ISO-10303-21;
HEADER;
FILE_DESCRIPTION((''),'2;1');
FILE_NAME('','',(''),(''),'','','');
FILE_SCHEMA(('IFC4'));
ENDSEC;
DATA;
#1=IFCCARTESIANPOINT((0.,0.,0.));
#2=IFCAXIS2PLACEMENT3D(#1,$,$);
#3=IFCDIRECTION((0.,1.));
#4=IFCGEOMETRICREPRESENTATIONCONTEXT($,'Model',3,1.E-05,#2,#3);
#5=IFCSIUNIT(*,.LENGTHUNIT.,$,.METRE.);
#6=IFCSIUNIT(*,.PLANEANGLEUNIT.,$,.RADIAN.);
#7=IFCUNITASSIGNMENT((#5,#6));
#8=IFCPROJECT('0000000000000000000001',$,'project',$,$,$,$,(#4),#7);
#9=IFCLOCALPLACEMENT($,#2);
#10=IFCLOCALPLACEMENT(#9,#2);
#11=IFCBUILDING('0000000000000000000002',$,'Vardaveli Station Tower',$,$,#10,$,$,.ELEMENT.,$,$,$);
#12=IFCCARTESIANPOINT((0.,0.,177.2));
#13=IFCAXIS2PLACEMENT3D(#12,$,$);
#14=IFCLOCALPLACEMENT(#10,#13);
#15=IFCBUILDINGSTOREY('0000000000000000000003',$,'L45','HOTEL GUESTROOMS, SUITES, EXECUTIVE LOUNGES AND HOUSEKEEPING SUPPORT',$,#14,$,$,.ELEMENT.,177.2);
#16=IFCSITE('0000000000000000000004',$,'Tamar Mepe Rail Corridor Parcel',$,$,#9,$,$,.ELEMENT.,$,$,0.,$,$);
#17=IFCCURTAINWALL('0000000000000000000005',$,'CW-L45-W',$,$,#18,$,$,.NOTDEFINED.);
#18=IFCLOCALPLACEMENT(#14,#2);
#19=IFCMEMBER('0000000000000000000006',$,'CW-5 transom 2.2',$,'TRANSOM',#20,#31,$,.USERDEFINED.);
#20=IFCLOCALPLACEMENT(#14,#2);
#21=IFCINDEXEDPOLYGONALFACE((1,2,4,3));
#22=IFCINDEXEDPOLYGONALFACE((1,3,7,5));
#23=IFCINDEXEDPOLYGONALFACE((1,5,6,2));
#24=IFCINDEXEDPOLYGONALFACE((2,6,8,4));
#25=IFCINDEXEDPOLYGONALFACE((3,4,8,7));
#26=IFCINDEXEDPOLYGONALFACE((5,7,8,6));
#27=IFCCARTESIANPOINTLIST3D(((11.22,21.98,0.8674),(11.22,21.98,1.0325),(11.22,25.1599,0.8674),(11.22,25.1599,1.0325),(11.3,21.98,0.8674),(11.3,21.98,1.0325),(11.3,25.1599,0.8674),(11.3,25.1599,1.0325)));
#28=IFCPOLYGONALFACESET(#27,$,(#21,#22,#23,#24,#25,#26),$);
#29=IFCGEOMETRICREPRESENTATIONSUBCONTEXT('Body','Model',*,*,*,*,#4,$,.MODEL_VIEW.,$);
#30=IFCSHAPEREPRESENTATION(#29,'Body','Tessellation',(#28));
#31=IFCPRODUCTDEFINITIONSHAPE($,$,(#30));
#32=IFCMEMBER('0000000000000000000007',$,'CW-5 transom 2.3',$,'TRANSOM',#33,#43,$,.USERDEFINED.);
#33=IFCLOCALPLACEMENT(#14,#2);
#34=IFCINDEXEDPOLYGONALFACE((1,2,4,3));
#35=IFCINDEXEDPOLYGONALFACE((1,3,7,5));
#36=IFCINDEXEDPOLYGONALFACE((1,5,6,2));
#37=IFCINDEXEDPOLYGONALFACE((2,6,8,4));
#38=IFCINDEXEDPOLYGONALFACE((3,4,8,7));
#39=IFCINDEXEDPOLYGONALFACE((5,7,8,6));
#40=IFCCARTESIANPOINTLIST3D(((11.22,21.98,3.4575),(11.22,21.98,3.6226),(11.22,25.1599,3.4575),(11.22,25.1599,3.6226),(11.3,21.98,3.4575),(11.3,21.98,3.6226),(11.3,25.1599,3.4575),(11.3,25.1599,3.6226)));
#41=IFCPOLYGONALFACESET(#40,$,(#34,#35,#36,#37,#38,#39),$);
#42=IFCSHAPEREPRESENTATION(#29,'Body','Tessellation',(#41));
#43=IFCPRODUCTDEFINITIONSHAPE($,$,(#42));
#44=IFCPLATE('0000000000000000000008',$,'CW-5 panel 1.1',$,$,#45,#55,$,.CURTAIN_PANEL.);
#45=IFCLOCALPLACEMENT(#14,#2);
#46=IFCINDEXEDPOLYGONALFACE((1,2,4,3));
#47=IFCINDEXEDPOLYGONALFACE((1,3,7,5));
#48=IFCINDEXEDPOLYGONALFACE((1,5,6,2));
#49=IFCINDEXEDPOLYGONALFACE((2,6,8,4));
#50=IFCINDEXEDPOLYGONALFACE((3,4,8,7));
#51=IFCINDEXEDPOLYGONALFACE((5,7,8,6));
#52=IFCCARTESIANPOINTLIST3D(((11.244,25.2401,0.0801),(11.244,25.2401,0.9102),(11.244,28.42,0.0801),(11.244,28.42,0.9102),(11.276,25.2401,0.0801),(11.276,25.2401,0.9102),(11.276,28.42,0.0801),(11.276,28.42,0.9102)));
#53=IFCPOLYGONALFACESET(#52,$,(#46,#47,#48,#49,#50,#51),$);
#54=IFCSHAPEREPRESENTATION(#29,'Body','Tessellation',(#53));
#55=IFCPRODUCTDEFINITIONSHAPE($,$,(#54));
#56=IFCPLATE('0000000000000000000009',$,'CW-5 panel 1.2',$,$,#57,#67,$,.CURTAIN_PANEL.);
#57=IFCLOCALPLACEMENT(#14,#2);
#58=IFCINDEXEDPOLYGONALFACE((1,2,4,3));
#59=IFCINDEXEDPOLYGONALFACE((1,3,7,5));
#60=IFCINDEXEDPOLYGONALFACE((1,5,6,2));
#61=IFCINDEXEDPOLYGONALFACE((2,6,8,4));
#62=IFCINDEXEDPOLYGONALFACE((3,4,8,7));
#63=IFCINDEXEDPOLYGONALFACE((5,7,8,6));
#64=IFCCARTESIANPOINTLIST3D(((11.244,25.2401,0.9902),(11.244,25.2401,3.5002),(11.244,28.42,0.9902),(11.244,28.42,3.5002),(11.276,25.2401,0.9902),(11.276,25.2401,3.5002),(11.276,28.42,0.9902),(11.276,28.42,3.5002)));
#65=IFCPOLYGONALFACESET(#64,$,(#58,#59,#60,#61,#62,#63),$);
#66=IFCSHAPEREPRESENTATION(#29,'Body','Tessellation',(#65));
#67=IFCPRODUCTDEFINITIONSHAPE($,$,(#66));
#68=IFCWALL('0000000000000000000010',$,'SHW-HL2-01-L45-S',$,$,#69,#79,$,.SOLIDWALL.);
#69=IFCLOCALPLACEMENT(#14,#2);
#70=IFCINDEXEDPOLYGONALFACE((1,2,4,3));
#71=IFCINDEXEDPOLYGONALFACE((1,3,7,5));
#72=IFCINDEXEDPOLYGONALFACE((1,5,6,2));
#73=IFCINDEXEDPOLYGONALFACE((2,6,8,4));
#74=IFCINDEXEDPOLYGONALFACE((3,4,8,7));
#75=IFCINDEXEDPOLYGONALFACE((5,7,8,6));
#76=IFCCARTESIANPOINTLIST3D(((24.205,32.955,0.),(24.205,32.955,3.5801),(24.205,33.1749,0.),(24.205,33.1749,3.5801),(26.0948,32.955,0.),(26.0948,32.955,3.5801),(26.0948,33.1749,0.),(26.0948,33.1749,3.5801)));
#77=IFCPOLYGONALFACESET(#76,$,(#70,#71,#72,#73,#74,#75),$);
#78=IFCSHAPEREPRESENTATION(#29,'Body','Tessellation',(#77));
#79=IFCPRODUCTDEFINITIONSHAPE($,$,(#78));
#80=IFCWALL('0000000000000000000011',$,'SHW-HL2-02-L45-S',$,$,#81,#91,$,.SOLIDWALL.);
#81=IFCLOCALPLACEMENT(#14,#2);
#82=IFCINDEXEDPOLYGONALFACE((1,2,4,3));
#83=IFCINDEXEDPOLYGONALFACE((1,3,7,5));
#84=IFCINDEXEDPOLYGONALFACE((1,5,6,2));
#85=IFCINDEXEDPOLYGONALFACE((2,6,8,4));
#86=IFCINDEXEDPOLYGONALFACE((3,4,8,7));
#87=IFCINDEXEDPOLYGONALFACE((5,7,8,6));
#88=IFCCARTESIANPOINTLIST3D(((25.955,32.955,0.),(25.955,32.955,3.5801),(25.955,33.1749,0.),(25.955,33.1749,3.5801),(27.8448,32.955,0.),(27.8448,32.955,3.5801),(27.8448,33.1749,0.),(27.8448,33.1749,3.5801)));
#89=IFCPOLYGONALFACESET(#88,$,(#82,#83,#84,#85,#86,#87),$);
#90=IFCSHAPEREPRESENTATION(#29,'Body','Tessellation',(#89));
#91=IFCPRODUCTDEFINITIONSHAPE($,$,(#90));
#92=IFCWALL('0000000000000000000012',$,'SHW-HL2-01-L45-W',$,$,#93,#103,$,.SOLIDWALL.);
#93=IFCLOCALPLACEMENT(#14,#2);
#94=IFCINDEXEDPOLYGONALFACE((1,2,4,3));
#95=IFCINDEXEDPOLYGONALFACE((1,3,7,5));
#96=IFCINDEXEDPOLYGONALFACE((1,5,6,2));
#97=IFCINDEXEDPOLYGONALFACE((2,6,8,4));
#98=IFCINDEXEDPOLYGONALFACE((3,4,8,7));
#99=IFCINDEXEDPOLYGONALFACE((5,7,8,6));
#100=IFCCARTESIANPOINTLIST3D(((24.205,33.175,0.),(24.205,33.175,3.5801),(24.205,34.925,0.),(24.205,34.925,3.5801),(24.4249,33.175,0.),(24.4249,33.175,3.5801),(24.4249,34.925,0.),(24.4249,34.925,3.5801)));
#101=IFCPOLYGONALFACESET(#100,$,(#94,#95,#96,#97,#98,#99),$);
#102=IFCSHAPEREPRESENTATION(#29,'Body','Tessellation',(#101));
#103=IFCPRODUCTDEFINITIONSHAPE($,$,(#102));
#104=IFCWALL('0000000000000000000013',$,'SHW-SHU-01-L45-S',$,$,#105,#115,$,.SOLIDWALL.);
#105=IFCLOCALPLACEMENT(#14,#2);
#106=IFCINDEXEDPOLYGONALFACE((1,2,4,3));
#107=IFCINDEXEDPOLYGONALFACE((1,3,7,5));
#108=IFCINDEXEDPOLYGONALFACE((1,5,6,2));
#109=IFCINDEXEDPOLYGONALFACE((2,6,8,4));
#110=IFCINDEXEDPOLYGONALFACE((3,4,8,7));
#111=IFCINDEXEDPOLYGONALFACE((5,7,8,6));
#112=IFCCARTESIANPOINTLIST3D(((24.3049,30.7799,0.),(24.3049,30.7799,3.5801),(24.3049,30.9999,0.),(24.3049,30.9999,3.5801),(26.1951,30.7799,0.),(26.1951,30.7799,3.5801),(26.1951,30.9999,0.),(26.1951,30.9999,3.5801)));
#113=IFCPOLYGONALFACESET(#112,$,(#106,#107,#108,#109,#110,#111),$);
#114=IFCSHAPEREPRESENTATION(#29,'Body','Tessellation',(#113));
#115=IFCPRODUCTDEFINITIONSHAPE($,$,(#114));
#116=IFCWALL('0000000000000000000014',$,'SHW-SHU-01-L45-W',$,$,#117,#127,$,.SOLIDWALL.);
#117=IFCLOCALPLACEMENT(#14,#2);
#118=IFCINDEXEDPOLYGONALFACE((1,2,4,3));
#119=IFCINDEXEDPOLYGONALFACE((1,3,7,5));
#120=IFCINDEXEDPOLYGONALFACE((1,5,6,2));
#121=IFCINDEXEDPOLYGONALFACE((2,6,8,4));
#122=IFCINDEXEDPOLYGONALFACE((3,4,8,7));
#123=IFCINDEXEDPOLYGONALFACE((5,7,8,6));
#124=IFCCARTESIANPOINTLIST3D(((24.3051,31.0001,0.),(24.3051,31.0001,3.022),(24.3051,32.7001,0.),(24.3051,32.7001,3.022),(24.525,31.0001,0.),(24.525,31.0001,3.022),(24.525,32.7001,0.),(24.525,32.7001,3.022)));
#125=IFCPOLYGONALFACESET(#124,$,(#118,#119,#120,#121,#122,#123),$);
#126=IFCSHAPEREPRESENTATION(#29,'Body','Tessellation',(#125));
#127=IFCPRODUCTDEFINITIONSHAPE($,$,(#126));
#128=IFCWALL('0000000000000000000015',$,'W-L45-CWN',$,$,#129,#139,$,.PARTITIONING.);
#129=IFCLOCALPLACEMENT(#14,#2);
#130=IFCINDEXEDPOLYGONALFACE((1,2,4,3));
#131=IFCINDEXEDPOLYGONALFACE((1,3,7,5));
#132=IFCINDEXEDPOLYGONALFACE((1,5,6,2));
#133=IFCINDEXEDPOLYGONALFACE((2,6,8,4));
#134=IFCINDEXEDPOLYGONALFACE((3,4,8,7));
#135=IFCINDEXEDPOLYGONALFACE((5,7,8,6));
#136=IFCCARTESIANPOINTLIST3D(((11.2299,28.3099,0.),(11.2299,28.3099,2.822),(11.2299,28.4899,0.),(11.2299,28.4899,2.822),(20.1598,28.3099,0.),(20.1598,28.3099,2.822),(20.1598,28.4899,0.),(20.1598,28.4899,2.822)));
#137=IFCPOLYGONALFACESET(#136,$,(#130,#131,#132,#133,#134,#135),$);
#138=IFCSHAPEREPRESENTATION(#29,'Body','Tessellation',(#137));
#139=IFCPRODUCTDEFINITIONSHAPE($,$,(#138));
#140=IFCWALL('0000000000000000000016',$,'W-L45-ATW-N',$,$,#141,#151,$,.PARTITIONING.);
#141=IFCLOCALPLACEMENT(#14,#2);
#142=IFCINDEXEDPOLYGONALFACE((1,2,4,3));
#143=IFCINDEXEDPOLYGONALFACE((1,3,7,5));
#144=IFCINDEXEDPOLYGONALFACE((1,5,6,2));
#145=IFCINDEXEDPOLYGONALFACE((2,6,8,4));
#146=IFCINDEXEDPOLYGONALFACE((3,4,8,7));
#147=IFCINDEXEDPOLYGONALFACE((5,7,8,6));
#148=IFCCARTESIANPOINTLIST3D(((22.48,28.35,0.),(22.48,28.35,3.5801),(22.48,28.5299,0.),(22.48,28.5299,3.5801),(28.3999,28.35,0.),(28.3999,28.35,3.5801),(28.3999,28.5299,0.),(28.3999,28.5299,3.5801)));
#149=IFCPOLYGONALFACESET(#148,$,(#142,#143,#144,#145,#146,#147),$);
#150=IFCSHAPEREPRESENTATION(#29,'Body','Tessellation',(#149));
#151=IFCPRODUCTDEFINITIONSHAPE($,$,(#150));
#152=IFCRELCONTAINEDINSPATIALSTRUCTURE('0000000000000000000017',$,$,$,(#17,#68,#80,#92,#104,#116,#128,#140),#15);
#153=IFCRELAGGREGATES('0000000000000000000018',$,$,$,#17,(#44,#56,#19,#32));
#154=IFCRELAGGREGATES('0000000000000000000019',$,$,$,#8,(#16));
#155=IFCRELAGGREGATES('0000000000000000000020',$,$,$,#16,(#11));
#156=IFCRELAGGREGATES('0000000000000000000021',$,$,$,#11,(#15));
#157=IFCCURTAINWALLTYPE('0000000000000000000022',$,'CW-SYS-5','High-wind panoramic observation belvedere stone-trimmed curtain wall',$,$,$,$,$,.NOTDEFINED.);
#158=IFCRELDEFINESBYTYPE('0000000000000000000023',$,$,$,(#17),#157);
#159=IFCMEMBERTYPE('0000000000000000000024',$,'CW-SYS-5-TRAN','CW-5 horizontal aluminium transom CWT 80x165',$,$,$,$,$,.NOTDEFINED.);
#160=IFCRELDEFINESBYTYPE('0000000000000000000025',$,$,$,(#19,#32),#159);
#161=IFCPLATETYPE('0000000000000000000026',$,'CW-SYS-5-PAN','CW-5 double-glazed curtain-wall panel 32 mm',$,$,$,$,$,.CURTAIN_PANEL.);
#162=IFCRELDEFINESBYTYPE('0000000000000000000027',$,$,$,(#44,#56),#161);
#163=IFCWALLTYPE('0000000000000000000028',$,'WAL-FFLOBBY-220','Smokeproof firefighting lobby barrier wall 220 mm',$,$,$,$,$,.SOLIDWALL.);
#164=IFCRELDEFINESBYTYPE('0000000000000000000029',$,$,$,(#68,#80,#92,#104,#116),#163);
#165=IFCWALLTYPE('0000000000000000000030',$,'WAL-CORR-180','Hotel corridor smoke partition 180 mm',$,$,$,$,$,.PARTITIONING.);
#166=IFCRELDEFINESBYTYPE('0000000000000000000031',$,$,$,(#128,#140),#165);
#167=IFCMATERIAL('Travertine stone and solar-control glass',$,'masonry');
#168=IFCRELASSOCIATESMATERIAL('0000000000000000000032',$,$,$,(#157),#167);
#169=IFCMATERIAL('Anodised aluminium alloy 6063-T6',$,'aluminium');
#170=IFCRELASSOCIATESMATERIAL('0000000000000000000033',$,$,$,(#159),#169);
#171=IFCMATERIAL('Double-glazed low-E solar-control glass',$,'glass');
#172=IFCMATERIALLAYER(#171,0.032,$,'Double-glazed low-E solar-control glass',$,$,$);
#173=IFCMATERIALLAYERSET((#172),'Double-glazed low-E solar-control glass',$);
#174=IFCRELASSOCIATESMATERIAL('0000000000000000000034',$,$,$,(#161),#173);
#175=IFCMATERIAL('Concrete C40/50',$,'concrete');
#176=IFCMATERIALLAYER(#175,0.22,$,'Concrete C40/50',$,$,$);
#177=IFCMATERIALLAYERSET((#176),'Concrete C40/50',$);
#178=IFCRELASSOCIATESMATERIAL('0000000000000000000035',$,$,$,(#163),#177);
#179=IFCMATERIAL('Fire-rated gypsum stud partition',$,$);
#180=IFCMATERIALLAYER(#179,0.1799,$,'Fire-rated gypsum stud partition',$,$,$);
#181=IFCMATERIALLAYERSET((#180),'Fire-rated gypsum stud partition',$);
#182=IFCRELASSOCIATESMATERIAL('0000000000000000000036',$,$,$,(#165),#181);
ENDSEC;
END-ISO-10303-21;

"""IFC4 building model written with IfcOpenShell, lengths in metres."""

from ifc_helpers import new_model, si_unit, direction, frame, frame_2d, origin, origin_2d, place, context, subcontext, project, spatial, rectangle, extrude, source, transform, mapped, material, layer, layer_set, material_profile, profile_set, type_object, element, aggregate, save


model = new_model("IFC4")

# Units and contexts
model_context = context("Model", 3, precision=1e-05, world=origin(), true_north=direction((0.0, 1.0)))
body_context = subcontext(model_context, "Body", "Model", "MODEL_VIEW")
ifc_project = project(units=[si_unit("LENGTHUNIT", "METRE"), si_unit("PLANEANGLEUNIT", "RADIAN")], contexts=[model_context])

# Site, building, storey
site_placement = place(None, origin())
site = spatial("IfcSite", under=ifc_project, at=site_placement, Name="Tamar Mepe Rail Corridor Parcel", CompositionType="ELEMENT", RefElevation=0.0)
building_placement = place(site_placement, origin())
building = spatial("IfcBuilding", under=site, at=building_placement, Name="Vardaveli Station Tower", CompositionType="ELEMENT")
storey_placement = place(building_placement, frame((0.0, 0.0, 177.2)))
storey = spatial("IfcBuildingStorey", under=building, at=storey_placement, Name="L45", Description="HOTEL GUESTROOMS, SUITES, EXECUTIVE LOUNGES AND HOUSEKEEPING SUPPORT", CompositionType="ELEMENT", Elevation=177.2)

# Curtain wall, members, plates
ifc_material_1 = material(Name="Travertine stone and solar-control glass", Category="masonry")
curtain_wall_type = type_object("IfcCurtainWallType", Name="CW-SYS-5", Description="High-wind panoramic observation belvedere stone-trimmed curtain wall", PredefinedType="NOTDEFINED", material=ifc_material_1)
curtain_wall_placement = place(storey_placement, origin())
curtain_wall = element("IfcCurtainWall", 1, at=curtain_wall_placement, inside=storey, type_object=curtain_wall_type, Name="CW-L45-W", PredefinedType="NOTDEFINED")
ifc_material_2 = material(Name="Anodised aluminium alloy 6063-T6", Category="aluminium")
ifc_material_profile_1 = material_profile(ifc_material_2, rectangle(XDim=0.0801, YDim=0.165, at=origin_2d()), Name="CWT 80x165")
ifc_profile_set_1 = profile_set([ifc_material_profile_1], Name="Anodised aluminium alloy 6063-T6")
member_type_1 = type_object("IfcMemberType", Name="CW-SYS-5-TRAN", Description="CW-5 horizontal aluminium transom CWT 80x165", PredefinedType="NOTDEFINED", material=ifc_profile_set_1)
shared_shape_1 = source(origin(), body_context, "Body", "SweptSolid", [
    extrude(rectangle(XDim=0.0801, YDim=0.165, at=origin_2d()), origin(), (0.0, 0.0, 1.0), 3.1799),
])
member_1_placement = place(storey_placement, frame((11.26, 25.1599, 0.95), z_axis=(0.0, -1.0, 0.0), x_axis=(1.0, 0.0, 0.0)))
member_1 = element("IfcMember", 2, at=member_1_placement, type_object=member_type_1, Name="CW-5 transom 2.2", ObjectType="TRANSOM", PredefinedType="USERDEFINED", context=body_context, shape_type="MappedRepresentation", body=[
    mapped(shared_shape_1, transform((0.0, 0.0, 0.0), scale=1.0)),
])
member_2_placement = place(storey_placement, frame((11.26, 25.1599, 3.54), z_axis=(0.0, -1.0, 0.0), x_axis=(1.0, 0.0, 0.0)))
member_2 = element("IfcMember", 3, at=member_2_placement, type_object=member_type_1, Name="CW-5 transom 2.3", ObjectType="TRANSOM", PredefinedType="USERDEFINED", context=body_context, shape_type="MappedRepresentation", body=[
    mapped(shared_shape_1, transform((0.0, 0.0, 0.0), scale=1.0)),
])
ifc_material_3 = material(Name="Double-glazed low-E solar-control glass", Category="glass")
ifc_layer_1 = layer(ifc_material_3, 0.032, Name="Double-glazed low-E solar-control glass")
ifc_layer_set_1 = layer_set([ifc_layer_1], Name="Double-glazed low-E solar-control glass")
plate_type = type_object("IfcPlateType", Name="CW-SYS-5-PAN", Description="CW-5 double-glazed curtain-wall panel 32 mm", PredefinedType="CURTAIN_PANEL", material=ifc_layer_set_1)
shared_shape_2 = source(origin(), body_context, "Body", "SweptSolid", [
    extrude(rectangle(XDim=3.1799, YDim=0.032, at=origin_2d()), origin(), (0.0, 0.0, 1.0), 0.8301),
])
plate_1_placement = place(storey_placement, frame((11.26, 26.8301, 0.0801), z_axis=(0.0, 0.0, 1.0), x_axis=(0.0, -1.0, 0.0)))
plate_1 = element("IfcPlate", 4, at=plate_1_placement, type_object=plate_type, Name="CW-5 panel 1.1", PredefinedType="CURTAIN_PANEL", context=body_context, shape_type="MappedRepresentation", body=[
    mapped(shared_shape_2, transform((0.0, 0.0, 0.0), scale=1.0)),
])
shared_shape_3 = source(origin(), body_context, "Body", "SweptSolid", [
    extrude(rectangle(XDim=3.1799, YDim=0.032, at=origin_2d()), origin(), (0.0, 0.0, 1.0), 2.51),
])
plate_2_placement = place(storey_placement, frame((11.26, 26.8301, 0.9902), z_axis=(0.0, 0.0, 1.0), x_axis=(0.0, -1.0, 0.0)))
plate_2 = element("IfcPlate", 5, at=plate_2_placement, type_object=plate_type, Name="CW-5 panel 1.2", PredefinedType="CURTAIN_PANEL", context=body_context, shape_type="MappedRepresentation", body=[
    mapped(shared_shape_3, transform((0.0, 0.0, 0.0), scale=1.0)),
])
aggregate(curtain_wall, [plate_1, plate_2, member_1, member_2])

# Walls
ifc_material_4 = material(Name="Concrete C40/50", Category="concrete")
ifc_layer_2 = layer(ifc_material_4, 0.22, Name="Concrete C40/50")
ifc_layer_set_2 = layer_set([ifc_layer_2], Name="Concrete C40/50")
wall_type_1 = type_object("IfcWallType", Name="WAL-FFLOBBY-220", Description="Smokeproof firefighting lobby barrier wall 220 mm", PredefinedType="SOLIDWALL", material=ifc_layer_set_2)
shared_shape_4 = source(origin(), body_context, "Body", "SweptSolid", [
    extrude(rectangle(XDim=1.8899, YDim=0.22, at=frame_2d((0.9448, 0.0))), origin(), (0.0, 0.0, 1.0), 3.5801),
])
for number, where, z_axis, x_axis, name in (
    (6, (24.2051, 33.0649, 0.0), (0.0, 0.0, 1.0), (1.0, 0.0, 0.0), "SHW-HL2-01-L45-S"),
    (7, (25.9551, 33.0649, 0.0), (0.0, 0.0, 1.0), (1.0, 0.0, 0.0), "SHW-HL2-02-L45-S"),
):
    element("IfcWall", number, at=place(storey_placement, frame(where, z_axis=z_axis, x_axis=x_axis)), inside=storey, type_object=wall_type_1, Name=name, PredefinedType="SOLIDWALL", context=body_context, shape_type="MappedRepresentation", body=[
        mapped(shared_shape_4, transform((0.0, 0.0, 0.0), scale=1.0)),
    ])
shared_shape_5 = source(origin(), body_context, "Body", "SweptSolid", [
    extrude(rectangle(XDim=1.75, YDim=0.22, at=frame_2d((0.875, 0.0))), origin(), (0.0, 0.0, 1.0), 3.5801),
])
wall_1_placement = place(storey_placement, frame((24.3149, 33.175, 0.0), z_axis=(0.0, 0.0, 1.0), x_axis=(0.0, 1.0, 0.0)))
element("IfcWall", 8, at=wall_1_placement, inside=storey, type_object=wall_type_1, Name="SHW-HL2-01-L45-W", PredefinedType="SOLIDWALL", context=body_context, shape_type="MappedRepresentation", body=[
    mapped(shared_shape_5, transform((0.0, 0.0, 0.0), scale=1.0)),
])
shared_shape_6 = source(origin(), body_context, "Body", "SweptSolid", [
    extrude(rectangle(XDim=1.8901, YDim=0.22, at=frame_2d((0.9451, 0.0))), origin(), (0.0, 0.0, 1.0), 3.5801),
])
wall_2_placement = place(storey_placement, frame((24.3049, 30.8899, 0.0), z_axis=(0.0, 0.0, 1.0), x_axis=(1.0, 0.0, 0.0)))
element("IfcWall", 9, at=wall_2_placement, inside=storey, type_object=wall_type_1, Name="SHW-SHU-01-L45-S", PredefinedType="SOLIDWALL", context=body_context, shape_type="MappedRepresentation", body=[
    mapped(shared_shape_6, transform((0.0, 0.0, 0.0), scale=1.0)),
])
shared_shape_7 = source(origin(), body_context, "Body", "SweptSolid", [
    extrude(rectangle(XDim=1.7, YDim=0.22, at=frame_2d((0.8501, 0.0))), origin(), (0.0, 0.0, 1.0), 3.022),
])
wall_3_placement = place(storey_placement, frame((24.415, 31.0, 0.0), z_axis=(0.0, 0.0, 1.0), x_axis=(0.0, 1.0, 0.0)))
element("IfcWall", 10, at=wall_3_placement, inside=storey, type_object=wall_type_1, Name="SHW-SHU-01-L45-W", PredefinedType="SOLIDWALL", context=body_context, shape_type="MappedRepresentation", body=[
    mapped(shared_shape_7, transform((0.0, 0.0, 0.0), scale=1.0)),
])
ifc_material_5 = material(Name="Fire-rated gypsum stud partition")
ifc_layer_3 = layer(ifc_material_5, 0.1799, Name="Fire-rated gypsum stud partition")
ifc_layer_set_3 = layer_set([ifc_layer_3], Name="Fire-rated gypsum stud partition")
wall_type_2 = type_object("IfcWallType", Name="WAL-CORR-180", Description="Hotel corridor smoke partition 180 mm", PredefinedType="PARTITIONING", material=ifc_layer_set_3)
shared_shape_8 = source(origin(), body_context, "Body", "SweptSolid", [
    extrude(rectangle(XDim=8.9299, YDim=0.1799, at=frame_2d((4.4648, 0.0))), origin(), (0.0, 0.0, 1.0), 2.822),
])
wall_4_placement = place(storey_placement, frame((11.23, 28.3999, 0.0), z_axis=(0.0, 0.0, 1.0), x_axis=(1.0, 0.0, 0.0)))
element("IfcWall", 11, at=wall_4_placement, inside=storey, type_object=wall_type_2, Name="W-L45-CWN", PredefinedType="PARTITIONING", context=body_context, shape_type="MappedRepresentation", body=[
    mapped(shared_shape_8, transform((0.0, 0.0, 0.0), scale=1.0)),
])
shared_shape_9 = source(origin(), body_context, "Body", "SweptSolid", [
    extrude(rectangle(XDim=5.9199, YDim=0.1799, at=frame_2d((2.96, 0.0))), origin(), (0.0, 0.0, 1.0), 3.5801),
])
wall_5_placement = place(storey_placement, frame((22.48, 28.4399, 0.0), z_axis=(0.0, 0.0, 1.0), x_axis=(1.0, 0.0, 0.0)))
element("IfcWall", 12, at=wall_5_placement, inside=storey, type_object=wall_type_2, Name="W-L45-ATW-N", PredefinedType="PARTITIONING", context=body_context, shape_type="MappedRepresentation", body=[
    mapped(shared_shape_9, transform((0.0, 0.0, 0.0), scale=1.0)),
])

save(model, "model.ifc")
